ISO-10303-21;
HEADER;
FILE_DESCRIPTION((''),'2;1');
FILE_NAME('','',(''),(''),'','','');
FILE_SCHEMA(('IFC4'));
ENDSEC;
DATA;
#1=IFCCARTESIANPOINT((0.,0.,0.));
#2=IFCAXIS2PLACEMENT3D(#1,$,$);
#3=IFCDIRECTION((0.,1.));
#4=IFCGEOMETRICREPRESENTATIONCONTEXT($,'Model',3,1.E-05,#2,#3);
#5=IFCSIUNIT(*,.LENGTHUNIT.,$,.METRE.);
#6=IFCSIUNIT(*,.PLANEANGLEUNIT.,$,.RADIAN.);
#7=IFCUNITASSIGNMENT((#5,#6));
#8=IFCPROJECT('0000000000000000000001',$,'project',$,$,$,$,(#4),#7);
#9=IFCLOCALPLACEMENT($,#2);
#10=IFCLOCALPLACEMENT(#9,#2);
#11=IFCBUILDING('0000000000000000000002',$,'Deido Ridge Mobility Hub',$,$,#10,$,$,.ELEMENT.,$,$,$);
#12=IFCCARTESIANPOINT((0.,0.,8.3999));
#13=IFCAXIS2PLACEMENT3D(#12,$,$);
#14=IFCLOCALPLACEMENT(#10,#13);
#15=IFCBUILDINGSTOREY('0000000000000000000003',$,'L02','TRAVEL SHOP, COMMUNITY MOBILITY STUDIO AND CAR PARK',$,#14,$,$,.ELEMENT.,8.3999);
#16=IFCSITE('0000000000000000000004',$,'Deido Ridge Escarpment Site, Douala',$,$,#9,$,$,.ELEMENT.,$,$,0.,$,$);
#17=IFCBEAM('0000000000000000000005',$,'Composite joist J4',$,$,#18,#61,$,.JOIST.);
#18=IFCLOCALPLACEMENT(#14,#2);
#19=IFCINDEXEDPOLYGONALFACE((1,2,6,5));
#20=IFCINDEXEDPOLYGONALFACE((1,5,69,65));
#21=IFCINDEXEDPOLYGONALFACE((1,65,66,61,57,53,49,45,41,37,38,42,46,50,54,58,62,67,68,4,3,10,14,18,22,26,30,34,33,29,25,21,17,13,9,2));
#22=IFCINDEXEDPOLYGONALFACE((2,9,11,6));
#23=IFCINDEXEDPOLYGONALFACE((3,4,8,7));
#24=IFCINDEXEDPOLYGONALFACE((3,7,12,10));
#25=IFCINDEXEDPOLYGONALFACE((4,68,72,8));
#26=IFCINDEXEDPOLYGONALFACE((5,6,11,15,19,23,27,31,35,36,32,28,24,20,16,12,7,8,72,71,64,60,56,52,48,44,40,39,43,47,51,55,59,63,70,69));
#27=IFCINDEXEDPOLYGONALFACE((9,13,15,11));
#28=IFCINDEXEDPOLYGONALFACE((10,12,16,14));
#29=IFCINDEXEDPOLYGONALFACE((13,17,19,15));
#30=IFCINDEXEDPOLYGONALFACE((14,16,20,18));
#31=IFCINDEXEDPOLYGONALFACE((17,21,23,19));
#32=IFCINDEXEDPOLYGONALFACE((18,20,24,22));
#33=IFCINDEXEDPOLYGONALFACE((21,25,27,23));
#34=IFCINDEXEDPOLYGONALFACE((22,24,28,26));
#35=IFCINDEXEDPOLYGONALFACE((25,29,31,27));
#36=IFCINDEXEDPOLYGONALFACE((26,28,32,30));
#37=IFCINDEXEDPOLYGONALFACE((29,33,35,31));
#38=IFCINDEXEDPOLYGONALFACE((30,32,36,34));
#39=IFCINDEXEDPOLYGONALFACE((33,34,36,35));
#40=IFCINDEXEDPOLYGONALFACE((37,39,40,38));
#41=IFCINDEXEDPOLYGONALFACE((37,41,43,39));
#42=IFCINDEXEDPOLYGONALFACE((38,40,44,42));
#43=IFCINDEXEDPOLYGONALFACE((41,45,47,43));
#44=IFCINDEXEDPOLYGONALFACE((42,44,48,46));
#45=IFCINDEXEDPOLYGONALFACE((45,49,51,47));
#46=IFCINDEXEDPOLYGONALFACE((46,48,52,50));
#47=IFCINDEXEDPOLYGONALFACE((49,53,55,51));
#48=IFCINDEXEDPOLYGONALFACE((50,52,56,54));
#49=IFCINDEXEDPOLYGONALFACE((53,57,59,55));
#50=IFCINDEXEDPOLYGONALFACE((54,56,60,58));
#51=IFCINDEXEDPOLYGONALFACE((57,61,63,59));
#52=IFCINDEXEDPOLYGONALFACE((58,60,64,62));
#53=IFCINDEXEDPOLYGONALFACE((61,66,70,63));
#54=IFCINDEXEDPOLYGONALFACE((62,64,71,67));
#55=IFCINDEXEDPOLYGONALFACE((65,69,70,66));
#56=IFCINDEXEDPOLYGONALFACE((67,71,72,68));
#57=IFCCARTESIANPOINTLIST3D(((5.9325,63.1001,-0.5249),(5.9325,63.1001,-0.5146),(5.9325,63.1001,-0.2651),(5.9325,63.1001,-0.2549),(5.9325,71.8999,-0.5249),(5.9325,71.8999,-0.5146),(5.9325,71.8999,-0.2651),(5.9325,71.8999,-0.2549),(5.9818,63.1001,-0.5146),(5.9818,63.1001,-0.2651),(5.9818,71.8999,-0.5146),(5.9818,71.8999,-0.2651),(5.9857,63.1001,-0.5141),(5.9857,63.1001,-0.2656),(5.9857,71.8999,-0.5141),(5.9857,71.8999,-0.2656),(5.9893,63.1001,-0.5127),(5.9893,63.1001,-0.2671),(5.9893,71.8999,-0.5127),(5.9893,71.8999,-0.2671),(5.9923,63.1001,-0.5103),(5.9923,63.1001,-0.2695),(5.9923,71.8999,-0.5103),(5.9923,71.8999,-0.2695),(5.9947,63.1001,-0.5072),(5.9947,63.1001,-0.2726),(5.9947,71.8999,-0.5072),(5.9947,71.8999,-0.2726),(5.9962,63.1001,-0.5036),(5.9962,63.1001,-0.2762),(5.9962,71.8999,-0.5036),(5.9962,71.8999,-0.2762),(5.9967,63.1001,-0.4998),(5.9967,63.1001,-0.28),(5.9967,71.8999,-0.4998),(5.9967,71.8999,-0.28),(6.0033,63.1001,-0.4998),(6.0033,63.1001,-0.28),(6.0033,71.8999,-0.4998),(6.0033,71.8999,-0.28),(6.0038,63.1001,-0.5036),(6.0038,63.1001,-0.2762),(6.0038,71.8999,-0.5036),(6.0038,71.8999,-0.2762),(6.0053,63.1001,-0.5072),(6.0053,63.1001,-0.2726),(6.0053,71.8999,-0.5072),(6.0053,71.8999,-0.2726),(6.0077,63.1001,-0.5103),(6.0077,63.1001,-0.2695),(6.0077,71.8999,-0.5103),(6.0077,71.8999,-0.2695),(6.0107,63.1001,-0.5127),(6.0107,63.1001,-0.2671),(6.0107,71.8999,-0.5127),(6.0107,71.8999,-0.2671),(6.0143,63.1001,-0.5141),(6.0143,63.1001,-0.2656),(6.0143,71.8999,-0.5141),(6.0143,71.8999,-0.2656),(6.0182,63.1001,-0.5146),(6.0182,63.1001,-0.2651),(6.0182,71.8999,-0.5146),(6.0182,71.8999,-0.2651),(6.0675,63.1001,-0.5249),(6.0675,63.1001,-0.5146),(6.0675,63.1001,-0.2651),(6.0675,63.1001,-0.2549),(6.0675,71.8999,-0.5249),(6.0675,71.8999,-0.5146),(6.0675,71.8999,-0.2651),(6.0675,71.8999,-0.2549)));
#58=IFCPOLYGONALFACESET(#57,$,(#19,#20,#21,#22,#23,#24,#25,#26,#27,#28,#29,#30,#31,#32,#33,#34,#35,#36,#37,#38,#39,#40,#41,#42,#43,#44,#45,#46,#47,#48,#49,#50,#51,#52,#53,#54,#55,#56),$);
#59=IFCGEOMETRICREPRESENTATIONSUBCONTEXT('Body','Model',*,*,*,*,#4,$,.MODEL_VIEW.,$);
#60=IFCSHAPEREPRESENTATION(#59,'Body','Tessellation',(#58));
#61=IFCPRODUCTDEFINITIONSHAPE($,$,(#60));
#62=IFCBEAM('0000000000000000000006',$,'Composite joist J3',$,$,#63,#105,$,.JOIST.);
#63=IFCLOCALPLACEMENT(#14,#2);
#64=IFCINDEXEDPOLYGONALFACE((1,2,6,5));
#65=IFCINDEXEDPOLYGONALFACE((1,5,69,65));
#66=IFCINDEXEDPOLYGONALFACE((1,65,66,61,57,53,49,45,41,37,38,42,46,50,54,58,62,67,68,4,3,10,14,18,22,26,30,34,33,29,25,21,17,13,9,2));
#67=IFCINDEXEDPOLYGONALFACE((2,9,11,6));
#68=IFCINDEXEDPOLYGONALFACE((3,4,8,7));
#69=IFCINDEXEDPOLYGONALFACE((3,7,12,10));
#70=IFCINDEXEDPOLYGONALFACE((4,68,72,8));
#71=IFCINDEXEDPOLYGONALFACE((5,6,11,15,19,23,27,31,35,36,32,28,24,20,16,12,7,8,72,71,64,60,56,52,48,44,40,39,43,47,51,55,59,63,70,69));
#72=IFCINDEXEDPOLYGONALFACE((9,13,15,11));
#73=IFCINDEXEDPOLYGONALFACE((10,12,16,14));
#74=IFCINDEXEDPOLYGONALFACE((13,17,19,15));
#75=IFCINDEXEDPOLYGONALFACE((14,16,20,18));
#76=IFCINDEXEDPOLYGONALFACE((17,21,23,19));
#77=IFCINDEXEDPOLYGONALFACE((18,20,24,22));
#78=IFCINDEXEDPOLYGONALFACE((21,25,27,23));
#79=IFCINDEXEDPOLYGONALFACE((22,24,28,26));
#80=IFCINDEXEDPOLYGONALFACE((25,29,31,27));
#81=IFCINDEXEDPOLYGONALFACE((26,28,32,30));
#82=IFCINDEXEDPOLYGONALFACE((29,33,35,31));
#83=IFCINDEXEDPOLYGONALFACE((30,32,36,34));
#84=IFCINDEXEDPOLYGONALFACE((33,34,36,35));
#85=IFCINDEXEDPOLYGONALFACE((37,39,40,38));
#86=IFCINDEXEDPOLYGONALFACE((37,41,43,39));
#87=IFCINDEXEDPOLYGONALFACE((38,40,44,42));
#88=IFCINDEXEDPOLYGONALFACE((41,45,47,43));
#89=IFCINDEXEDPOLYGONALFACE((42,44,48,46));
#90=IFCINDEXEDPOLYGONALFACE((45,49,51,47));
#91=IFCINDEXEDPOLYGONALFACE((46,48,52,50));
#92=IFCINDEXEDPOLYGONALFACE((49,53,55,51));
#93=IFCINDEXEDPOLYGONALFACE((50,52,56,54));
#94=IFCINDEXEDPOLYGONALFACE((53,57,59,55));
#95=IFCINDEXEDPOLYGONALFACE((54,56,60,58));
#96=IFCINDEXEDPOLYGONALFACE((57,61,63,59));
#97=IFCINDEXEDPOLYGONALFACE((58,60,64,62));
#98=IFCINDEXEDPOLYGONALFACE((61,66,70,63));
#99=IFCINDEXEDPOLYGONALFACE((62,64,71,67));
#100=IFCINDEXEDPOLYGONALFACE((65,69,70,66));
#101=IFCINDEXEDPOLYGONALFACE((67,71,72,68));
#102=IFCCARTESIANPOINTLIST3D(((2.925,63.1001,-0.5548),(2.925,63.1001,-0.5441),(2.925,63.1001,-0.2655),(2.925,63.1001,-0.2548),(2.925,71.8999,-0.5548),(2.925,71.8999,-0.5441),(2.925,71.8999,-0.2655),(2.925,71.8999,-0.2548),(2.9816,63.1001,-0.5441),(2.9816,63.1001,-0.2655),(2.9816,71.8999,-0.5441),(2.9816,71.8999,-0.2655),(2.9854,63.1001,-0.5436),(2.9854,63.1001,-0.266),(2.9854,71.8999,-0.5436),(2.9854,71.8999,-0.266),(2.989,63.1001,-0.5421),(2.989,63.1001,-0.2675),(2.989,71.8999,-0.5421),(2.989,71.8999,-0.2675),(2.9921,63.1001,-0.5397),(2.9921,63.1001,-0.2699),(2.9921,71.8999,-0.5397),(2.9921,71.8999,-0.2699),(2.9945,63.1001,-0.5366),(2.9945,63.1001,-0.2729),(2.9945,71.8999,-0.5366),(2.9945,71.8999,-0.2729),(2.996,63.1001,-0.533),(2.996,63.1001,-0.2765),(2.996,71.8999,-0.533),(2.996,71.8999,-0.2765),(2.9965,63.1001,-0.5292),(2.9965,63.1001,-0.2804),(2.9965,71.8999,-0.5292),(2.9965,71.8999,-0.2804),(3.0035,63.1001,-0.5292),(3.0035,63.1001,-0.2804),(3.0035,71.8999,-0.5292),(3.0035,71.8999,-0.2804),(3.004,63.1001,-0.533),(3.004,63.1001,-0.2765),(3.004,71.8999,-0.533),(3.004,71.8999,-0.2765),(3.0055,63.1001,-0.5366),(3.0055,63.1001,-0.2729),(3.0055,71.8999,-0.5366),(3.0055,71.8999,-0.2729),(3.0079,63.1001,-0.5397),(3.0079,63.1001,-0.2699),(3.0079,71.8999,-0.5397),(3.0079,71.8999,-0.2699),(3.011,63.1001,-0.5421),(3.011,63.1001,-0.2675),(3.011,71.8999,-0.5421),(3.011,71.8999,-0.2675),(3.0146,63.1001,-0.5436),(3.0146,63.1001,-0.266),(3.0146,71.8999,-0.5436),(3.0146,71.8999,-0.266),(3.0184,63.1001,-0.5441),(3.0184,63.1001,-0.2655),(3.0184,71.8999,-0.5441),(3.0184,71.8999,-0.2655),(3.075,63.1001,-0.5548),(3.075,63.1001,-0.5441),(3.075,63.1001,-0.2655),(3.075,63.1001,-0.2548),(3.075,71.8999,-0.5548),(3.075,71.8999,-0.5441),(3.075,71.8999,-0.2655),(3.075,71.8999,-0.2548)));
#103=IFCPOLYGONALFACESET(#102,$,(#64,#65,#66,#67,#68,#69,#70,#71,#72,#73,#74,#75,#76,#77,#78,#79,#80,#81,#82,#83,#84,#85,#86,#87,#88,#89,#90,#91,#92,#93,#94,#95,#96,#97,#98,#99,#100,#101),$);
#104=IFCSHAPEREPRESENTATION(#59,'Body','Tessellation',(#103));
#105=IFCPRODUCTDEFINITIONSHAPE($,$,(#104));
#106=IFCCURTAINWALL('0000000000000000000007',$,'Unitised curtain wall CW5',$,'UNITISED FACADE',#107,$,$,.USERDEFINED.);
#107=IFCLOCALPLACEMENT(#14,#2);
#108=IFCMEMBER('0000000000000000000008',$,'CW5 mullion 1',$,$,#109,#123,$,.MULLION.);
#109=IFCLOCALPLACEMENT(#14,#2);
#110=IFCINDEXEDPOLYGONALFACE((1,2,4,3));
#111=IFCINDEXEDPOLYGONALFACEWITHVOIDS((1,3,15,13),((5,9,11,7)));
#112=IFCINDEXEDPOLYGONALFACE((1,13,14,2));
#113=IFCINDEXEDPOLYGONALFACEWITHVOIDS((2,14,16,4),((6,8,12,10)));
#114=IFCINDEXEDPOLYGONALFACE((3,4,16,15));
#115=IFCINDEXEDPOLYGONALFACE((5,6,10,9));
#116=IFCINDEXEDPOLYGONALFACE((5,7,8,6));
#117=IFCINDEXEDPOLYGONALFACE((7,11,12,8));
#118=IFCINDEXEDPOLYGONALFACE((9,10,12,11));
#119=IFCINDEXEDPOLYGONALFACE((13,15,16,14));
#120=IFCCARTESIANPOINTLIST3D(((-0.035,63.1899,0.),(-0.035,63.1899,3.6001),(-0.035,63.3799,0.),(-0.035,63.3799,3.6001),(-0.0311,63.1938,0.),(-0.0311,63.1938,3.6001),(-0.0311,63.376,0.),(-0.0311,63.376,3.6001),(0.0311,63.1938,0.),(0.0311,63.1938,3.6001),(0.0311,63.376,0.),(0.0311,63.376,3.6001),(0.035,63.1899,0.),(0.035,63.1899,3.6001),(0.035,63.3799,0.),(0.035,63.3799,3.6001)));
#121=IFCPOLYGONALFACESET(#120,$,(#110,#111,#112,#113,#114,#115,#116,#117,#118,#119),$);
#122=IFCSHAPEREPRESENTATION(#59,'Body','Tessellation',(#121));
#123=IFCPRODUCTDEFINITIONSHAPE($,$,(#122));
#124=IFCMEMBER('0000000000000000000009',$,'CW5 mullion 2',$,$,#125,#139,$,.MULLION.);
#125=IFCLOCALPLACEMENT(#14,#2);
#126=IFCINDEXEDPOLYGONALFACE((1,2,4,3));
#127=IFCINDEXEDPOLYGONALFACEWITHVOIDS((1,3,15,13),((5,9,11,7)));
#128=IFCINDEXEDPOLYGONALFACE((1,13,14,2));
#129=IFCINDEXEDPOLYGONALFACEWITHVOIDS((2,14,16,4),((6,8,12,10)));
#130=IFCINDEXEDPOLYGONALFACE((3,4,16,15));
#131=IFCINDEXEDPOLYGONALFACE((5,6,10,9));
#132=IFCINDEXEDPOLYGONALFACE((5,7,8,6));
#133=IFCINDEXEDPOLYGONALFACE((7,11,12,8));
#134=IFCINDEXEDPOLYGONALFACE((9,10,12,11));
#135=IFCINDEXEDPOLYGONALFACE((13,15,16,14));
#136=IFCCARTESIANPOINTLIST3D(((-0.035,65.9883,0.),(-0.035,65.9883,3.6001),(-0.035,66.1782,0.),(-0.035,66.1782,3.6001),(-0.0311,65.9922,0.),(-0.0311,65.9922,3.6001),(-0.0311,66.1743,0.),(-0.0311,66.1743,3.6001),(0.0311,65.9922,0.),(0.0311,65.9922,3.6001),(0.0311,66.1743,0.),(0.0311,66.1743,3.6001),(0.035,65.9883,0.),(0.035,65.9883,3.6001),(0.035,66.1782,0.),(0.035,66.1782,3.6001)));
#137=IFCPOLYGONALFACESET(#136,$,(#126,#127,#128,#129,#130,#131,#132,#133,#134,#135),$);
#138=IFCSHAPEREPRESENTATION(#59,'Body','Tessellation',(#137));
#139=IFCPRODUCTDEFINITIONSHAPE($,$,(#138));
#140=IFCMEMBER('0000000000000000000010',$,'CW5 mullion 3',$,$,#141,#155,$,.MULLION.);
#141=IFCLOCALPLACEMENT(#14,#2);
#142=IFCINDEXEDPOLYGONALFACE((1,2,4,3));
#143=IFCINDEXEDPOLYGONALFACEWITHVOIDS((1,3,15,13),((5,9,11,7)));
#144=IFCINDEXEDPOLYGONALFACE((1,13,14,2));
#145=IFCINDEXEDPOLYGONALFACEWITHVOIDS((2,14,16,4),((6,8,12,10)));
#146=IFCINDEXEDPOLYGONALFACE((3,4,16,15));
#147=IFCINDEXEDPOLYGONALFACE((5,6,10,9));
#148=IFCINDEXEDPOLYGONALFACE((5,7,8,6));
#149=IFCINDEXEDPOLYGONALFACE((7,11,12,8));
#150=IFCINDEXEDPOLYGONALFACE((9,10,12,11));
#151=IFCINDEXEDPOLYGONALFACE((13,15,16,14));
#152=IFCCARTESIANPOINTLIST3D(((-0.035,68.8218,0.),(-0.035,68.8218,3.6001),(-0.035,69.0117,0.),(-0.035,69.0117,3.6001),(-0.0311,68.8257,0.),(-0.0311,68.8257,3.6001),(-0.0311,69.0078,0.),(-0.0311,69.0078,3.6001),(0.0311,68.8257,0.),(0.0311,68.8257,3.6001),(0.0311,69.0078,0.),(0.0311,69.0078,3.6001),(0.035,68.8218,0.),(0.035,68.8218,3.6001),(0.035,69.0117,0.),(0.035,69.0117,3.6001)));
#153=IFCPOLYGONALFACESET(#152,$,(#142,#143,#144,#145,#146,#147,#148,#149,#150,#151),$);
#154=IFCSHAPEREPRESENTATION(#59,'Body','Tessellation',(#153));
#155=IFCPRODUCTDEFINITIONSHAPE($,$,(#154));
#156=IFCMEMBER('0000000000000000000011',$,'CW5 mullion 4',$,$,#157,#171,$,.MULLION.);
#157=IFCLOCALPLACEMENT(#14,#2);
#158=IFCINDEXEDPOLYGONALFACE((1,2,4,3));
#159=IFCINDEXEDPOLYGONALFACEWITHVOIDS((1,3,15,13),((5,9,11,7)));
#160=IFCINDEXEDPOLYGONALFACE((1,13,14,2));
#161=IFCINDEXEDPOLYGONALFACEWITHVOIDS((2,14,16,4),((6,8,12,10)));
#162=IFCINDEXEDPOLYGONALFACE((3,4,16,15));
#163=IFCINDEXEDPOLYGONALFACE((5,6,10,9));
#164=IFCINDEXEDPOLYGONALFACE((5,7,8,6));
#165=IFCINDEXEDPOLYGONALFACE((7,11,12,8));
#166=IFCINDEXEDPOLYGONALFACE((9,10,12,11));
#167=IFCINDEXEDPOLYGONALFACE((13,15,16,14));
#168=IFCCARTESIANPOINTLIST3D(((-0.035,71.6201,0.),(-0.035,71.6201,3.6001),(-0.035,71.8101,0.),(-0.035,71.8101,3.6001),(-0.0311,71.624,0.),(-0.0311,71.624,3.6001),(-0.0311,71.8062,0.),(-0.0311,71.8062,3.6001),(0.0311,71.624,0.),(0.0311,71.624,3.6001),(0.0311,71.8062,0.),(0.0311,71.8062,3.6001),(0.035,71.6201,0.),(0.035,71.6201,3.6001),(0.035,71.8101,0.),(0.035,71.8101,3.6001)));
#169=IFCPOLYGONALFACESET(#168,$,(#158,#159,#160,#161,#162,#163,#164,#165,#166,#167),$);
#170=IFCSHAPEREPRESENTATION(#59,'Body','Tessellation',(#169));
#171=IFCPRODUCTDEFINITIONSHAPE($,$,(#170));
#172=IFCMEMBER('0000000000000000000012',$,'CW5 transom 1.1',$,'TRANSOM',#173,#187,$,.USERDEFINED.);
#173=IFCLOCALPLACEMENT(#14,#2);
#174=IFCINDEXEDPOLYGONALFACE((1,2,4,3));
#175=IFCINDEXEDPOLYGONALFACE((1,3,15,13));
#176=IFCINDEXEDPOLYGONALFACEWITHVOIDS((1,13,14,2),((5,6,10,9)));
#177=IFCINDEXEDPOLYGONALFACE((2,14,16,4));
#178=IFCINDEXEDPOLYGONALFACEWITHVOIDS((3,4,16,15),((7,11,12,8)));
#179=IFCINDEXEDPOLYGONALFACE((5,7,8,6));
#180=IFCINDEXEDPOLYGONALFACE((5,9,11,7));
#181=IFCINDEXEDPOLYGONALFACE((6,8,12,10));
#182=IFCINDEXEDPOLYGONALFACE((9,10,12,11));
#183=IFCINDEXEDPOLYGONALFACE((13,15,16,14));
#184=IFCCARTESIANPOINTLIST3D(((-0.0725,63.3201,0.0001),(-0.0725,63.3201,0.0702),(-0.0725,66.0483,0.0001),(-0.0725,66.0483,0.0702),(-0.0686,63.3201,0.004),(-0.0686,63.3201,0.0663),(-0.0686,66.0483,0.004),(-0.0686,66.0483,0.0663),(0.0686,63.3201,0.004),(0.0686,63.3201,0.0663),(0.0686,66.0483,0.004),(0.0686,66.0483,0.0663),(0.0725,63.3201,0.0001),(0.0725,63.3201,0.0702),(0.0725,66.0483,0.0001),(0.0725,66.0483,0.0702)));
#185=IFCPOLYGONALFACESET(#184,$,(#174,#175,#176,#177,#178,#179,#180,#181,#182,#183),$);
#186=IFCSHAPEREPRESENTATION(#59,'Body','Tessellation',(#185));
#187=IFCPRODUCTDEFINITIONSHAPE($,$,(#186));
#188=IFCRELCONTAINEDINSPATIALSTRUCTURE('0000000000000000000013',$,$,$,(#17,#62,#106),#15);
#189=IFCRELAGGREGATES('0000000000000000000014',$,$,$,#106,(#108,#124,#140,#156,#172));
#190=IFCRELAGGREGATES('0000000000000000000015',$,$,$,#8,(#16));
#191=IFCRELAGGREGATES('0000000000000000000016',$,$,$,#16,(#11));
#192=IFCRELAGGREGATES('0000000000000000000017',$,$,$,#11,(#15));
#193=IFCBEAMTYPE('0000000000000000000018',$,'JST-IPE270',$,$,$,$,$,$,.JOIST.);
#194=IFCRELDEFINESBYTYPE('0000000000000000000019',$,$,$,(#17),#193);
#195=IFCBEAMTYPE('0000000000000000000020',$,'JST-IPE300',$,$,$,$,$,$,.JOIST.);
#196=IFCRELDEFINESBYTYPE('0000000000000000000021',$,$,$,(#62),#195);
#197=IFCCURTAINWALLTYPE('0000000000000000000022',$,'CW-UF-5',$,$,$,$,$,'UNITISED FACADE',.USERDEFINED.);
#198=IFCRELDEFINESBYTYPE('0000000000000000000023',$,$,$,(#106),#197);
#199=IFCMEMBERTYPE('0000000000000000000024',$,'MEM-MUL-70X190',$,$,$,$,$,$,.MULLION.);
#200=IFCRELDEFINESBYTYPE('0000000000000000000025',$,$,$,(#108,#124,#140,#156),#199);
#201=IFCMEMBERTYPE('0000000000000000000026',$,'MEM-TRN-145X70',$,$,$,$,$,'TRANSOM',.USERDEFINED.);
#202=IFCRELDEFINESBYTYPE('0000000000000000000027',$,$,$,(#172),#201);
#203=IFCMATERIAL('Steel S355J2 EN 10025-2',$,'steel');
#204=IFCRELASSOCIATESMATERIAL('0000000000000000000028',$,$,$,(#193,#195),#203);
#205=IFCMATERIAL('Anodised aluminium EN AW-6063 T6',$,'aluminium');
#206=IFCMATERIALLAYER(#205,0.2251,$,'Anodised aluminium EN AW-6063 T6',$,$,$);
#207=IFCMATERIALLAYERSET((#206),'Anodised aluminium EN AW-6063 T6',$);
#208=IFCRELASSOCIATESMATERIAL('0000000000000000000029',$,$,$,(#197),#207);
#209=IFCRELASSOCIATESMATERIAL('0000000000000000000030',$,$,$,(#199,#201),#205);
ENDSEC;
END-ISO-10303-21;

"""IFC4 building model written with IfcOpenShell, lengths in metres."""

from ifc_helpers import new_model, si_unit, direction, frame, origin, origin_2d, place, context, subcontext, project, spatial, hollow_rectangle, i_section, extrude, material, layer, layer_set, material_profile, profile_set, type_object, element, aggregate, save


model = new_model("IFC4")

# Units and contexts
model_context = context("Model", 3, precision=1e-05, world=origin(), true_north=direction((0.0, 1.0)))
body_context = subcontext(model_context, "Body", "Model", "MODEL_VIEW")
ifc_project = project(units=[si_unit("LENGTHUNIT", "METRE"), si_unit("PLANEANGLEUNIT", "RADIAN")], contexts=[model_context])

# Site, building, storey
site_placement = place(None, origin())
site = spatial("IfcSite", under=ifc_project, at=site_placement, Name="Deido Ridge Escarpment Site, Douala", CompositionType="ELEMENT", RefElevation=0.0)
building_placement = place(site_placement, origin())
building = spatial("IfcBuilding", under=site, at=building_placement, Name="Deido Ridge Mobility Hub", CompositionType="ELEMENT")
storey_placement = place(building_placement, frame((0.0, 0.0, 8.3999)))
storey = spatial("IfcBuildingStorey", under=building, at=storey_placement, Name="L02", Description="TRAVEL SHOP, COMMUNITY MOBILITY STUDIO AND CAR PARK", CompositionType="ELEMENT", Elevation=8.3999)

# Shared definitions
ifc_material_1 = material(Name="Steel S355J2 EN 10025-2", Category="steel")

# Beams
ifc_material_profile_1 = material_profile(ifc_material_1, i_section(OverallWidth=0.135, OverallDepth=0.27, WebThickness=0.0066, FlangeThickness=0.0103, FilletRadius=0.0149, at=origin_2d()), Name="IPE 270")
ifc_profile_set_1 = profile_set([ifc_material_profile_1], Name="Steel S355J2 EN 10025-2")
beam_type_1 = type_object("IfcBeamType", Name="JST-IPE270", PredefinedType="JOIST", material=ifc_profile_set_1)
beam_1_placement = place(storey_placement, frame((6.0, 63.1001, -0.3899), z_axis=(0.0, 1.0, 0.0), x_axis=(-1.0, 0.0, 0.0)))
element("IfcBeam", 1, at=beam_1_placement, inside=storey, type_object=beam_type_1, Name="Composite joist J4", PredefinedType="JOIST", context=body_context, shape_type="SweptSolid", body=[
    extrude(i_section(OverallWidth=0.135, OverallDepth=0.27, WebThickness=0.0066, FlangeThickness=0.0103, FilletRadius=0.0149, at=origin_2d()), origin(), (0.0, 0.0, 1.0), 8.7998),
])
ifc_material_profile_2 = material_profile(ifc_material_1, i_section(OverallWidth=0.1499, OverallDepth=0.3, WebThickness=0.0071, FlangeThickness=0.0107, FilletRadius=0.0149, at=origin_2d()), Name="IPE 300")
ifc_profile_set_2 = profile_set([ifc_material_profile_2], Name="Steel S355J2 EN 10025-2")
beam_type_2 = type_object("IfcBeamType", Name="JST-IPE300", PredefinedType="JOIST", material=ifc_profile_set_2)
beam_2_placement = place(storey_placement, frame((3.0, 63.1001, -0.4048), z_axis=(0.0, 1.0, 0.0), x_axis=(-1.0, 0.0, 0.0)))
element("IfcBeam", 2, at=beam_2_placement, inside=storey, type_object=beam_type_2, Name="Composite joist J3", PredefinedType="JOIST", context=body_context, shape_type="SweptSolid", body=[
    extrude(i_section(OverallWidth=0.1499, OverallDepth=0.3, WebThickness=0.0071, FlangeThickness=0.0107, FilletRadius=0.0149, at=origin_2d()), origin(), (0.0, 0.0, 1.0), 8.7998),
])

# Curtain wall, members
ifc_material_2 = material(Name="Anodised aluminium EN AW-6063 T6", Category="aluminium")
ifc_layer_1 = layer(ifc_material_2, 0.2251, Name="Anodised aluminium EN AW-6063 T6")
ifc_layer_set_1 = layer_set([ifc_layer_1], Name="Anodised aluminium EN AW-6063 T6")
curtain_wall_type = type_object("IfcCurtainWallType", Name="CW-UF-5", ElementType="UNITISED FACADE", PredefinedType="USERDEFINED", material=ifc_layer_set_1)
curtain_wall_placement = place(storey_placement, origin())
curtain_wall = element("IfcCurtainWall", 3, at=curtain_wall_placement, inside=storey, type_object=curtain_wall_type, Name="Unitised curtain wall CW5", ObjectType="UNITISED FACADE", PredefinedType="USERDEFINED")
ifc_material_profile_3 = material_profile(ifc_material_2, hollow_rectangle(XDim=0.0701, YDim=0.1899, WallThickness=0.0039, at=origin_2d()), Name="RHS 70x190x4")
ifc_profile_set_3 = profile_set([ifc_material_profile_3], Name="Anodised aluminium EN AW-6063 T6")
member_type_1 = type_object("IfcMemberType", Name="MEM-MUL-70X190", PredefinedType="MULLION", material=ifc_profile_set_3)
member_1_placement = place(storey_placement, frame((0.0, 63.2849, 0.0), z_axis=(0.0, 0.0, 1.0), x_axis=(-1.0, 0.0, 0.0)))
member_1 = element("IfcMember", 4, at=member_1_placement, type_object=member_type_1, Name="CW5 mullion 1", PredefinedType="MULLION", context=body_context, shape_type="SweptSolid", body=[
    extrude(hollow_rectangle(XDim=0.0701, YDim=0.1899, WallThickness=0.0039, at=origin_2d()), origin(), (0.0, 0.0, 1.0), 3.6001),
])
member_2_placement = place(storey_placement, frame((0.0, 66.0833, 0.0), z_axis=(0.0, 0.0, 1.0), x_axis=(-1.0, 0.0, 0.0)))
member_2 = element("IfcMember", 5, at=member_2_placement, type_object=member_type_1, Name="CW5 mullion 2", PredefinedType="MULLION", context=body_context, shape_type="SweptSolid", body=[
    extrude(hollow_rectangle(XDim=0.0701, YDim=0.1899, WallThickness=0.0039, at=origin_2d()), origin(), (0.0, 0.0, 1.0), 3.6001),
])
member_3_placement = place(storey_placement, frame((0.0, 68.9167, 0.0), z_axis=(0.0, 0.0, 1.0), x_axis=(-1.0, 0.0, 0.0)))
member_3 = element("IfcMember", 6, at=member_3_placement, type_object=member_type_1, Name="CW5 mullion 3", PredefinedType="MULLION", context=body_context, shape_type="SweptSolid", body=[
    extrude(hollow_rectangle(XDim=0.0701, YDim=0.1899, WallThickness=0.0039, at=origin_2d()), origin(), (0.0, 0.0, 1.0), 3.6001),
])
member_4_placement = place(storey_placement, frame((0.0, 71.7151, 0.0), z_axis=(0.0, 0.0, 1.0), x_axis=(-1.0, 0.0, 0.0)))
member_4 = element("IfcMember", 7, at=member_4_placement, type_object=member_type_1, Name="CW5 mullion 4", PredefinedType="MULLION", context=body_context, shape_type="SweptSolid", body=[
    extrude(hollow_rectangle(XDim=0.0701, YDim=0.1899, WallThickness=0.0039, at=origin_2d()), origin(), (0.0, 0.0, 1.0), 3.6001),
])
ifc_material_profile_4 = material_profile(ifc_material_2, hollow_rectangle(XDim=0.145, YDim=0.0701, WallThickness=0.0039, at=origin_2d()), Name="RHS 145x70x4")
ifc_profile_set_4 = profile_set([ifc_material_profile_4], Name="Anodised aluminium EN AW-6063 T6")
member_type_2 = type_object("IfcMemberType", Name="MEM-TRN-145X70", ElementType="TRANSOM", PredefinedType="USERDEFINED", material=ifc_profile_set_4)
member_5_placement = place(storey_placement, frame((0.0, 63.3201, 0.0352), z_axis=(0.0, 1.0, 0.0), x_axis=(-1.0, 0.0, 0.0)))
member_5 = element("IfcMember", 8, at=member_5_placement, type_object=member_type_2, Name="CW5 transom 1.1", ObjectType="TRANSOM", PredefinedType="USERDEFINED", context=body_context, shape_type="SweptSolid", body=[
    extrude(hollow_rectangle(XDim=0.145, YDim=0.0701, WallThickness=0.0039, at=origin_2d()), origin(), (0.0, 0.0, 1.0), 2.7283),
])

aggregate(curtain_wall, [member_1, member_2, member_3, member_4, member_5])

save(model, "model.ifc")
